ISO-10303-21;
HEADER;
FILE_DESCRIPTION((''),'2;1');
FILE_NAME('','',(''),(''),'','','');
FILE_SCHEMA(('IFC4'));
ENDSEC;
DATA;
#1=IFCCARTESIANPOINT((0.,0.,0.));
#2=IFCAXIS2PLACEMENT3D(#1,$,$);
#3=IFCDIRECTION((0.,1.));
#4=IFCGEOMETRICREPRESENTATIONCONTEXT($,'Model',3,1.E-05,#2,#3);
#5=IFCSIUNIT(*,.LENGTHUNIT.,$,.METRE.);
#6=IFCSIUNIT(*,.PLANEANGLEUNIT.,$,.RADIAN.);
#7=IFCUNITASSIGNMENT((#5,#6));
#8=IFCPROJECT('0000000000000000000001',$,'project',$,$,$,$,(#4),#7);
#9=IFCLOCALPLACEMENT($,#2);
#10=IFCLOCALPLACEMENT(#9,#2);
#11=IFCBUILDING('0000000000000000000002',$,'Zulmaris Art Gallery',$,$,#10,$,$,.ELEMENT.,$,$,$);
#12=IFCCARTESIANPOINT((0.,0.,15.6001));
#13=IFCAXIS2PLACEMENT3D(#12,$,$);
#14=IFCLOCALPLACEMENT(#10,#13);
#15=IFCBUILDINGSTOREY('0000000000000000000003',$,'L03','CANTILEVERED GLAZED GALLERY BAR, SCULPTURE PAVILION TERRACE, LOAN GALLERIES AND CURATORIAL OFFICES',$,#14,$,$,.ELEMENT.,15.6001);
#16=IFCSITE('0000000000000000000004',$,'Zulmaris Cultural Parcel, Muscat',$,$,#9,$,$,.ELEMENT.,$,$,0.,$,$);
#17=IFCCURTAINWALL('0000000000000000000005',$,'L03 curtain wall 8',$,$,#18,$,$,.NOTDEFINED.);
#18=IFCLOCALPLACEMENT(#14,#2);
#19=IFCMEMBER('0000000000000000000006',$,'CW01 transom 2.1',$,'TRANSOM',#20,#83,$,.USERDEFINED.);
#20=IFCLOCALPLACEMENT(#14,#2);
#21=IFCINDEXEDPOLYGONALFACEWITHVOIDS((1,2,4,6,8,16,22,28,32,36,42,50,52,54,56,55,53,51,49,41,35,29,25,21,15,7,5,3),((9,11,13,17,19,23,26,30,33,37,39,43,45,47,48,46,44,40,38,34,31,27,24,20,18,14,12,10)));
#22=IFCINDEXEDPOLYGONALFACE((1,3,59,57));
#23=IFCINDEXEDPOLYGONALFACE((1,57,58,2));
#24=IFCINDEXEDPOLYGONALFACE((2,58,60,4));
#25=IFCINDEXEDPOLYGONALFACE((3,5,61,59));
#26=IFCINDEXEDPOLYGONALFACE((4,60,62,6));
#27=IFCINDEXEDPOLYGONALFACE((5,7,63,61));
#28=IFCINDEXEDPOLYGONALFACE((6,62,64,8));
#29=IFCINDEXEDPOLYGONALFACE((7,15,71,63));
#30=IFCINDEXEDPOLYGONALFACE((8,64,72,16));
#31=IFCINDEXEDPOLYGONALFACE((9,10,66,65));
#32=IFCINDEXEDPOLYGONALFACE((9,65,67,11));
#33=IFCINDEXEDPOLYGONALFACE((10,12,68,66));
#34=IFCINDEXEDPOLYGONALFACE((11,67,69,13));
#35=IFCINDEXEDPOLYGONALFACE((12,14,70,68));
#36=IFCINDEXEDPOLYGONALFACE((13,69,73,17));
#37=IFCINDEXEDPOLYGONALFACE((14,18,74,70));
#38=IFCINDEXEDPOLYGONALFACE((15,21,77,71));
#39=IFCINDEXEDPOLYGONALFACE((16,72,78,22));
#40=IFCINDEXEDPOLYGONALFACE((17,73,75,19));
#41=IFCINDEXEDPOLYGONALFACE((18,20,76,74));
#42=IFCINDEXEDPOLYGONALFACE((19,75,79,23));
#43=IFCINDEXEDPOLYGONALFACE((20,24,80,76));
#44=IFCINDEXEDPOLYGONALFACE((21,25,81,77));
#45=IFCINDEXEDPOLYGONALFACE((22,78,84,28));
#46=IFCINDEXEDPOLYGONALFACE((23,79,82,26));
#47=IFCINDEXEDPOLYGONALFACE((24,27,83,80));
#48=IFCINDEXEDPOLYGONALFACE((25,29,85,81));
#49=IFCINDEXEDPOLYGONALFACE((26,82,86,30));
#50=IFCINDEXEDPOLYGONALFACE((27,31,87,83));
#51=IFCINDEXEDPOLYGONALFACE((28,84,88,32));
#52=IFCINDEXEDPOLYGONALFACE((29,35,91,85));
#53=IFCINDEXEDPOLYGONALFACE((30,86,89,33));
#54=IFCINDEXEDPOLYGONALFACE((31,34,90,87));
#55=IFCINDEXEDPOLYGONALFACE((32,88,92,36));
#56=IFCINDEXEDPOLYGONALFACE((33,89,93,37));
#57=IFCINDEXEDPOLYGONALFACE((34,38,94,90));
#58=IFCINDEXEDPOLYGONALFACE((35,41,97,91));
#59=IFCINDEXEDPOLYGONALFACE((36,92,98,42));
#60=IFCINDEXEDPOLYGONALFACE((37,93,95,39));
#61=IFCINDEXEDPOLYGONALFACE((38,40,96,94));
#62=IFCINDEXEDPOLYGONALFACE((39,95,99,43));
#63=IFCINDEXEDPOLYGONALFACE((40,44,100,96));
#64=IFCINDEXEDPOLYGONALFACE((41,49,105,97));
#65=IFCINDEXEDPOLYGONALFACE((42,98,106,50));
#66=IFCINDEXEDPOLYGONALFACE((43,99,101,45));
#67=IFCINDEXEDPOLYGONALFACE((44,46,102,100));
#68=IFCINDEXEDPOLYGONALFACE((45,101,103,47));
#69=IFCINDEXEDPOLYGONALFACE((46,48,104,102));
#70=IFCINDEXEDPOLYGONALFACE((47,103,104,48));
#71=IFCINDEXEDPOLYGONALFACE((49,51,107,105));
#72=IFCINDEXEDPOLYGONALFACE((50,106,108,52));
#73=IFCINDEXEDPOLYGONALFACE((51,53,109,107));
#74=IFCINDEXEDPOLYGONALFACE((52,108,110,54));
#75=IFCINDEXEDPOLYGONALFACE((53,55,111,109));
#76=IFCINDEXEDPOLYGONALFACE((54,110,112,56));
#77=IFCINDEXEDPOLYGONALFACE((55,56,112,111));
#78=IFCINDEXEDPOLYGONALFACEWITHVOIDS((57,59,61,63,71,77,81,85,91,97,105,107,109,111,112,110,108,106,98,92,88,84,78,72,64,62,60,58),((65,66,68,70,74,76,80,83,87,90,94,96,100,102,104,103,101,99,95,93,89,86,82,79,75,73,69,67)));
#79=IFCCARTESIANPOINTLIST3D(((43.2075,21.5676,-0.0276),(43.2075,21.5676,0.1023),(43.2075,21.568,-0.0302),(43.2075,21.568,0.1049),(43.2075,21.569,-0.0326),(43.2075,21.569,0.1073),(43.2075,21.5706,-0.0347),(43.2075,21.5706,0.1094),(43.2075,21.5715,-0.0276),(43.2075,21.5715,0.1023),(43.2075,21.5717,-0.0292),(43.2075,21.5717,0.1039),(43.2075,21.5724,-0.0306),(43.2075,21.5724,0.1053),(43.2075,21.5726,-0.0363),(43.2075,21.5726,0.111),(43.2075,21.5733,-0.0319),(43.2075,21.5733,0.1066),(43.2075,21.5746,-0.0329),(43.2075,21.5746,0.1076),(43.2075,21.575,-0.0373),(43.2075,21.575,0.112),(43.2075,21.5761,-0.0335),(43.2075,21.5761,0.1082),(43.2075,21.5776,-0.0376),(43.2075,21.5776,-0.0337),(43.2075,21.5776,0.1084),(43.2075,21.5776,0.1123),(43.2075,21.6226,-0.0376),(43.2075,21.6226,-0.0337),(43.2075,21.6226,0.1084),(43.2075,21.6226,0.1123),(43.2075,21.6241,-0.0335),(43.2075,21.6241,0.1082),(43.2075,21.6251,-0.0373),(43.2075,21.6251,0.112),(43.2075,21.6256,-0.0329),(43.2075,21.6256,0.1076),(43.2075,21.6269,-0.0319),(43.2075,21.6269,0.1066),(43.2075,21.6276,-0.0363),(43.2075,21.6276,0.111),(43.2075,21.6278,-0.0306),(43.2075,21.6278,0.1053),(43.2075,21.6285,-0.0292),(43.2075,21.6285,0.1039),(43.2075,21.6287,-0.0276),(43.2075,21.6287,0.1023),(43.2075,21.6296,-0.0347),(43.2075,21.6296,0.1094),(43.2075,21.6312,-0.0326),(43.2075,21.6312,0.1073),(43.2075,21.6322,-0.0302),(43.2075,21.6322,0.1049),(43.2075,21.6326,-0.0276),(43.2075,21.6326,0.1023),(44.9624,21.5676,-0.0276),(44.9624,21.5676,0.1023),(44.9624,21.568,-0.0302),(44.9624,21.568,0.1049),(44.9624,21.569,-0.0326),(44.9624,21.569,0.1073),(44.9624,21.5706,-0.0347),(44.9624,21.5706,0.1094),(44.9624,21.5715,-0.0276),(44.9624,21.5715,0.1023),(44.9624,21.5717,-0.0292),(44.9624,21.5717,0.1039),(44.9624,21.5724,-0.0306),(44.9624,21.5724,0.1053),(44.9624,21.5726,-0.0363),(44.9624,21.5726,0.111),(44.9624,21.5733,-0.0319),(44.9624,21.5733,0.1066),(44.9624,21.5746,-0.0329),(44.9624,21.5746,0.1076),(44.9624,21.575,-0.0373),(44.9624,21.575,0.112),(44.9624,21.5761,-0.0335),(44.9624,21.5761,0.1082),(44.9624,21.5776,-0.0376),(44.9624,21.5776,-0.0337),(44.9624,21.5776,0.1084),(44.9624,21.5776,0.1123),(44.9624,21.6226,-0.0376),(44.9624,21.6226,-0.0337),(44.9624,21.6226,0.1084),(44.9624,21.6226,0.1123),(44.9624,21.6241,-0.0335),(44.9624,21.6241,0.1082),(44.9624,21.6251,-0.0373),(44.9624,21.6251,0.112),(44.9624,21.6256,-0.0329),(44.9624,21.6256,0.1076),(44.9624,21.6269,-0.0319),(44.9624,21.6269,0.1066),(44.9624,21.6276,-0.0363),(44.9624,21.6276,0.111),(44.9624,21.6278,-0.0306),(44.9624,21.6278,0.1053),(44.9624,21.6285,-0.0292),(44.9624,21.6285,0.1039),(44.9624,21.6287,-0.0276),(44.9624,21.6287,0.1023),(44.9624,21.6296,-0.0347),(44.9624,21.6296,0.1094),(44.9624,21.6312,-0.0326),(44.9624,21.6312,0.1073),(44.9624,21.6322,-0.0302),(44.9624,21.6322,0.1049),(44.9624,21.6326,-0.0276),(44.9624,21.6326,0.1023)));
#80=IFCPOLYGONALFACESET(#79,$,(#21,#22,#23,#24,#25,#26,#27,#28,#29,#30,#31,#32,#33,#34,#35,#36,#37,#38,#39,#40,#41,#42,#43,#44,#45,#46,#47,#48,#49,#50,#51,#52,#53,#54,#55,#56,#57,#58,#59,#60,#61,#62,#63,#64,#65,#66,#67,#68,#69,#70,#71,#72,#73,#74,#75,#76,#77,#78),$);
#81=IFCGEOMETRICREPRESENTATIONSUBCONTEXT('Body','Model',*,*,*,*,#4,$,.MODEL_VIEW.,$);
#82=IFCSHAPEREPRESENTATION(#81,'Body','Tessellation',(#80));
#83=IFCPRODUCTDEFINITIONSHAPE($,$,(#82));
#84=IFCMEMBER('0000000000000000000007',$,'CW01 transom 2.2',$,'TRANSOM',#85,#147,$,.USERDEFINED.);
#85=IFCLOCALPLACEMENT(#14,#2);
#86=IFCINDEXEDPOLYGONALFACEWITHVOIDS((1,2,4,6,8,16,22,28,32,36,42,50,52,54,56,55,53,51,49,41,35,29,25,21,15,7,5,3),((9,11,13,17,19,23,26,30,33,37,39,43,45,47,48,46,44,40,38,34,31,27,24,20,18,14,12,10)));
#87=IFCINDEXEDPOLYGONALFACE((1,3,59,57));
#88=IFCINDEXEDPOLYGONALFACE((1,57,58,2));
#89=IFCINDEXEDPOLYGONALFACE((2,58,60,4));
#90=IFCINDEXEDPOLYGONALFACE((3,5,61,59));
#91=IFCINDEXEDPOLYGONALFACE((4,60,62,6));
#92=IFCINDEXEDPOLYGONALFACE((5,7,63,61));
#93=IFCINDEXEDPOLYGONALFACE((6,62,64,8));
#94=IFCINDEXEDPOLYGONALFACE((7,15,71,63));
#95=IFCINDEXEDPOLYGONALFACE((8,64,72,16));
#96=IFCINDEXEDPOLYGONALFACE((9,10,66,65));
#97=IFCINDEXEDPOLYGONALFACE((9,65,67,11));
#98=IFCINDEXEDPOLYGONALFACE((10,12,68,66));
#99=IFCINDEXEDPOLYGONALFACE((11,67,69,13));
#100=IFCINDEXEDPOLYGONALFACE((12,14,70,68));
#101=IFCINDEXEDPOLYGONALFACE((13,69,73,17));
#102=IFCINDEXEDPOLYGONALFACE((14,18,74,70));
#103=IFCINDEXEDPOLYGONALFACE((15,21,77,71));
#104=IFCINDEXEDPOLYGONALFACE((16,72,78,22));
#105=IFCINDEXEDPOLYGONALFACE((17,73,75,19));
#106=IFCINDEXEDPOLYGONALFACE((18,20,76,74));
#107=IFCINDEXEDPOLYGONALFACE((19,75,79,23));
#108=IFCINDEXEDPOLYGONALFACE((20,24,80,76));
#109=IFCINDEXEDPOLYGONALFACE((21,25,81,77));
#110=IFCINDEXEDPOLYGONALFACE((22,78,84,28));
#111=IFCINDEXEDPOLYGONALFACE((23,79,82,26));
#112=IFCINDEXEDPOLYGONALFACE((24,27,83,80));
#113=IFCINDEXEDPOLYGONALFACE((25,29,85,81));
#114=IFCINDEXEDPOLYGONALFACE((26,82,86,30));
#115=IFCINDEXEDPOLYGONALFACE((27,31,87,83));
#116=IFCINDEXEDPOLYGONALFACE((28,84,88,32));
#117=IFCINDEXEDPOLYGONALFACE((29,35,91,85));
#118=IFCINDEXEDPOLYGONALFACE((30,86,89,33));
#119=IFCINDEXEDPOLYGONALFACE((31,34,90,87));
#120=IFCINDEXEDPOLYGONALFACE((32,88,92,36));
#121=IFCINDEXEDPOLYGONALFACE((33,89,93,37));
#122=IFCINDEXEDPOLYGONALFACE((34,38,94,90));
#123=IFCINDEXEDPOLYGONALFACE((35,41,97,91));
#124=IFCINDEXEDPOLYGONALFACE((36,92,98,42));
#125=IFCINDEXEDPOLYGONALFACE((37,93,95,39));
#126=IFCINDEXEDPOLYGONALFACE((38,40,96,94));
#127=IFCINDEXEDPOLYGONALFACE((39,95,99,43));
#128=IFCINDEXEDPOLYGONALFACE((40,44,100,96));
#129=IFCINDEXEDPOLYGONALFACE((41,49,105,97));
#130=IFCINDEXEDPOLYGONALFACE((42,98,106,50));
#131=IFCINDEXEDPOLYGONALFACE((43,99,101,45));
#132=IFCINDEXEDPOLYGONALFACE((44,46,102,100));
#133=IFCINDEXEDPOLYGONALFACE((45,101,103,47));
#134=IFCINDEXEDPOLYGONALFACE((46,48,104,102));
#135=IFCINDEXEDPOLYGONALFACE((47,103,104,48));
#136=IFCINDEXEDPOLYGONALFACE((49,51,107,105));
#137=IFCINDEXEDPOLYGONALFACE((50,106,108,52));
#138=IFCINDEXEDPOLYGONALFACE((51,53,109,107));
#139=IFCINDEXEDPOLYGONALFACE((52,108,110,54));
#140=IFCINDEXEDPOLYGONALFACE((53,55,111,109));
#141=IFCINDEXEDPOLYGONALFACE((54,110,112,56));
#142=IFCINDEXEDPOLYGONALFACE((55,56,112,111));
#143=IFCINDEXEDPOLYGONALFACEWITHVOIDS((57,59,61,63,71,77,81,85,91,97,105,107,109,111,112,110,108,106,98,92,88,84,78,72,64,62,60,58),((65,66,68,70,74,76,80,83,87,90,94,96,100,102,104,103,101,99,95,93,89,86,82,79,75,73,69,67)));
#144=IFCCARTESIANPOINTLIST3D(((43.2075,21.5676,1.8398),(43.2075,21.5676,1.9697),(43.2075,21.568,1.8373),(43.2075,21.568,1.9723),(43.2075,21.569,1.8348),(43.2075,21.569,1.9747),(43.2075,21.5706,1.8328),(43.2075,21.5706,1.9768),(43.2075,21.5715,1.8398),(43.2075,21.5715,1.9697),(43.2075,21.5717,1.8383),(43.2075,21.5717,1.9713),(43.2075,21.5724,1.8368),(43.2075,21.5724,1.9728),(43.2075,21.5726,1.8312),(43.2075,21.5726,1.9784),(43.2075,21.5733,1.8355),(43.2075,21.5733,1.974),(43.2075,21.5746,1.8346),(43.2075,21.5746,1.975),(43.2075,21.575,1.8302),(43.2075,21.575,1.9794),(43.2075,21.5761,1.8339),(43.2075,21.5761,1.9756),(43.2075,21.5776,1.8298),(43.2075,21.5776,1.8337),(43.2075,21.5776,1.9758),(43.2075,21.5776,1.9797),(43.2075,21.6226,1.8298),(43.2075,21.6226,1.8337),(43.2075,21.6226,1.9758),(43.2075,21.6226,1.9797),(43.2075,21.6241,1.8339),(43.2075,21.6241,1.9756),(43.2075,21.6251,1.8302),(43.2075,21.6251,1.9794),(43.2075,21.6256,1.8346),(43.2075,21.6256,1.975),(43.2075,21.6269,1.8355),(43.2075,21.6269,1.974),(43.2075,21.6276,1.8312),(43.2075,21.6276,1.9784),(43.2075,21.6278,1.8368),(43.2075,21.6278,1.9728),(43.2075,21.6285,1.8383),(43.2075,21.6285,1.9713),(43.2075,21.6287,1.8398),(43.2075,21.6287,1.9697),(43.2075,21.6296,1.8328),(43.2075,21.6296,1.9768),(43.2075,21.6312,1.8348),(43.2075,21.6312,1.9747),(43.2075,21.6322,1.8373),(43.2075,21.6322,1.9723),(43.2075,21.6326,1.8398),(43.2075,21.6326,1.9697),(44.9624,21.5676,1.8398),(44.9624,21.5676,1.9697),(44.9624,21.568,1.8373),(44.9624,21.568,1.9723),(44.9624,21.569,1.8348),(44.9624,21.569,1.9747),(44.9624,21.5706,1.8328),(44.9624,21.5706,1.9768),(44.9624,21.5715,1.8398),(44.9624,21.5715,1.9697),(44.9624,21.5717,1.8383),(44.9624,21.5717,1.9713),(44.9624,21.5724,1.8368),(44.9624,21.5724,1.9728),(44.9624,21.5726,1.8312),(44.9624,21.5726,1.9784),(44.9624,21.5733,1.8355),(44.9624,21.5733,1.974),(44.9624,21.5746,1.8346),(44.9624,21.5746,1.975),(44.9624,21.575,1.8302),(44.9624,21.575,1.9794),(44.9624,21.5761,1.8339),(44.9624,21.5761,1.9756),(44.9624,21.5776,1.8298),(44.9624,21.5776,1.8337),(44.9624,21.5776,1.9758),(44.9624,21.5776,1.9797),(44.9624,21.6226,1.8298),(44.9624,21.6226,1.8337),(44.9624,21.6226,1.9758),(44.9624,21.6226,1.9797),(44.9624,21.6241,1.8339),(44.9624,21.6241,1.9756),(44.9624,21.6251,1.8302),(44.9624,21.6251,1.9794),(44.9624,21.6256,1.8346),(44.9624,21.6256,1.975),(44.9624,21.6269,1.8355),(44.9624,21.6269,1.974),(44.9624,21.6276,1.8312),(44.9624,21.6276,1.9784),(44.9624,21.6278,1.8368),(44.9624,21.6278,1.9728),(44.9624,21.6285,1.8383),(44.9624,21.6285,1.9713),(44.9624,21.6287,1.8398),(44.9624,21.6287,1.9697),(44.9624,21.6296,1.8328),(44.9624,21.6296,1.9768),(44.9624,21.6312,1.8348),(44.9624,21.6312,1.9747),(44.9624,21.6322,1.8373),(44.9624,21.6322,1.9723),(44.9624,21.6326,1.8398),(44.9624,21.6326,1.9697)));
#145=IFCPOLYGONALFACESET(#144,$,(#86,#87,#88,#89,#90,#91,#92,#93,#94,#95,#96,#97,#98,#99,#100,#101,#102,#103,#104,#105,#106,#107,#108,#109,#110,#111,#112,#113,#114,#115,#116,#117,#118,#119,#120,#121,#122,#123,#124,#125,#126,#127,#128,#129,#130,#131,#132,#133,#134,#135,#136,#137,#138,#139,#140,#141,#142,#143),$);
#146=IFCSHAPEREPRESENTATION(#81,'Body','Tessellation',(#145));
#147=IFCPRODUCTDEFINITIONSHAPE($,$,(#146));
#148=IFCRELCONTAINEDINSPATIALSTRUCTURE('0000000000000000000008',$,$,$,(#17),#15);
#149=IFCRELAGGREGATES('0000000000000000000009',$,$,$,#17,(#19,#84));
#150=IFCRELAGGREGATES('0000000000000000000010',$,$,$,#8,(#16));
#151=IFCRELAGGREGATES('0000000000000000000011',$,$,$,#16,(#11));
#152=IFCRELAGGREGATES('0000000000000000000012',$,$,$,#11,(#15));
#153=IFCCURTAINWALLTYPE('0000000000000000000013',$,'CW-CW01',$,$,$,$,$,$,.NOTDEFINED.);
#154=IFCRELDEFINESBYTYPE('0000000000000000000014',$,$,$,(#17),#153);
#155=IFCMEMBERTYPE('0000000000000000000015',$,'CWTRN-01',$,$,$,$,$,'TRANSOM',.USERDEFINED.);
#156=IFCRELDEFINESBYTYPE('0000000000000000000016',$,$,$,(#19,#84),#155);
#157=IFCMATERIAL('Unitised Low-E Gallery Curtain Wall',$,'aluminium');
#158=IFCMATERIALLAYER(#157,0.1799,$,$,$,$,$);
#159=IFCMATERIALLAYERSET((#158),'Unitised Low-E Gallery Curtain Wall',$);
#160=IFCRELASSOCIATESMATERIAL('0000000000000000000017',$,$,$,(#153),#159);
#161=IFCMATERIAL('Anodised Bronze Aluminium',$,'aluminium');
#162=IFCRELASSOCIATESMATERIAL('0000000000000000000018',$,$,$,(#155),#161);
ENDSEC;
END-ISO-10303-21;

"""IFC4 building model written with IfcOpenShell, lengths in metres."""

from ifc_helpers import new_model, si_unit, direction, frame, origin, origin_2d, place, context, subcontext, project, spatial, hollow_rectangle, extrude, material, layer, layer_set, material_profile, profile_set, type_object, element, aggregate, save


model = new_model("IFC4")

# Units and contexts
model_context = context("Model", 3, precision=1e-05, world=origin(), true_north=direction((0.0, 1.0)))
body_context = subcontext(model_context, "Body", "Model", "MODEL_VIEW")
ifc_project = project(units=[si_unit("LENGTHUNIT", "METRE"), si_unit("PLANEANGLEUNIT", "RADIAN")], contexts=[model_context])

# Site, building, storey
site_placement = place(None, origin())
site = spatial("IfcSite", under=ifc_project, at=site_placement, Name="Zulmaris Cultural Parcel, Muscat", CompositionType="ELEMENT", RefElevation=0.0)
building_placement = place(site_placement, origin())
building = spatial("IfcBuilding", under=site, at=building_placement, Name="Zulmaris Art Gallery", CompositionType="ELEMENT")
storey_placement = place(building_placement, frame((0.0, 0.0, 15.6001)))
storey = spatial("IfcBuildingStorey", under=building, at=storey_placement, Name="L03", Description="CANTILEVERED GLAZED GALLERY BAR, SCULPTURE PAVILION TERRACE, LOAN GALLERIES AND CURATORIAL OFFICES", CompositionType="ELEMENT", Elevation=15.6001)

# Curtain wall
ifc_material_1 = material(Name="Unitised Low-E Gallery Curtain Wall", Category="aluminium")
ifc_layer_1 = layer(ifc_material_1, 0.1799)
ifc_layer_set_1 = layer_set([ifc_layer_1], Name="Unitised Low-E Gallery Curtain Wall")
curtain_wall_type_1 = type_object("IfcCurtainWallType", Name="CW-CW01", PredefinedType="NOTDEFINED", material=ifc_layer_set_1)
curtain_wall_1_placement = place(storey_placement, origin())
curtain_wall_1 = element("IfcCurtainWall", 1, at=curtain_wall_1_placement, inside=storey, type_object=curtain_wall_type_1, Name="L03 curtain wall 8", PredefinedType="NOTDEFINED")
ifc_material_2 = material(Name="Anodised Bronze Aluminium", Category="aluminium")

# Members
ifc_material_profile_1 = material_profile(ifc_material_2, hollow_rectangle(XDim=0.0649, YDim=0.1499, WallThickness=0.0039, InnerFilletRadius=0.0061, OuterFilletRadius=0.01, at=origin_2d()), Name="ALU 65x150x4")
ifc_profile_set_1 = profile_set([ifc_material_profile_1], Name="Anodised Bronze Aluminium")
member_type_1 = type_object("IfcMemberType", Name="CWTRN-01", ElementType="TRANSOM", PredefinedType="USERDEFINED", material=ifc_profile_set_1)
member_1_placement = place(storey_placement, frame((43.2075, 21.6001, 0.0374), z_axis=(1.0, 0.0, 0.0), x_axis=(0.0, 1.0, 0.0)))
member_1 = element("IfcMember", 2, at=member_1_placement, type_object=member_type_1, Name="CW01 transom 2.1", ObjectType="TRANSOM", PredefinedType="USERDEFINED", context=body_context, shape_type="SweptSolid", body=[
    extrude(hollow_rectangle(XDim=0.0649, YDim=0.1499, WallThickness=0.0039, InnerFilletRadius=0.0061, OuterFilletRadius=0.01, at=origin_2d()), origin(), (0.0, 0.0, 1.0), 1.7549),
])
member_2_placement = place(storey_placement, frame((43.2075, 21.6001, 1.9048), z_axis=(1.0, 0.0, 0.0), x_axis=(0.0, 1.0, 0.0)))
member_2 = element("IfcMember", 3, at=member_2_placement, type_object=member_type_1, Name="CW01 transom 2.2", ObjectType="TRANSOM", PredefinedType="USERDEFINED", context=body_context, shape_type="SweptSolid", body=[
    extrude(hollow_rectangle(XDim=0.0649, YDim=0.1499, WallThickness=0.0039, InnerFilletRadius=0.0061, OuterFilletRadius=0.01, at=origin_2d()), origin(), (0.0, 0.0, 1.0), 1.7549),
])

aggregate(curtain_wall_1, [member_1, member_2])

save(model, "model.ifc")
